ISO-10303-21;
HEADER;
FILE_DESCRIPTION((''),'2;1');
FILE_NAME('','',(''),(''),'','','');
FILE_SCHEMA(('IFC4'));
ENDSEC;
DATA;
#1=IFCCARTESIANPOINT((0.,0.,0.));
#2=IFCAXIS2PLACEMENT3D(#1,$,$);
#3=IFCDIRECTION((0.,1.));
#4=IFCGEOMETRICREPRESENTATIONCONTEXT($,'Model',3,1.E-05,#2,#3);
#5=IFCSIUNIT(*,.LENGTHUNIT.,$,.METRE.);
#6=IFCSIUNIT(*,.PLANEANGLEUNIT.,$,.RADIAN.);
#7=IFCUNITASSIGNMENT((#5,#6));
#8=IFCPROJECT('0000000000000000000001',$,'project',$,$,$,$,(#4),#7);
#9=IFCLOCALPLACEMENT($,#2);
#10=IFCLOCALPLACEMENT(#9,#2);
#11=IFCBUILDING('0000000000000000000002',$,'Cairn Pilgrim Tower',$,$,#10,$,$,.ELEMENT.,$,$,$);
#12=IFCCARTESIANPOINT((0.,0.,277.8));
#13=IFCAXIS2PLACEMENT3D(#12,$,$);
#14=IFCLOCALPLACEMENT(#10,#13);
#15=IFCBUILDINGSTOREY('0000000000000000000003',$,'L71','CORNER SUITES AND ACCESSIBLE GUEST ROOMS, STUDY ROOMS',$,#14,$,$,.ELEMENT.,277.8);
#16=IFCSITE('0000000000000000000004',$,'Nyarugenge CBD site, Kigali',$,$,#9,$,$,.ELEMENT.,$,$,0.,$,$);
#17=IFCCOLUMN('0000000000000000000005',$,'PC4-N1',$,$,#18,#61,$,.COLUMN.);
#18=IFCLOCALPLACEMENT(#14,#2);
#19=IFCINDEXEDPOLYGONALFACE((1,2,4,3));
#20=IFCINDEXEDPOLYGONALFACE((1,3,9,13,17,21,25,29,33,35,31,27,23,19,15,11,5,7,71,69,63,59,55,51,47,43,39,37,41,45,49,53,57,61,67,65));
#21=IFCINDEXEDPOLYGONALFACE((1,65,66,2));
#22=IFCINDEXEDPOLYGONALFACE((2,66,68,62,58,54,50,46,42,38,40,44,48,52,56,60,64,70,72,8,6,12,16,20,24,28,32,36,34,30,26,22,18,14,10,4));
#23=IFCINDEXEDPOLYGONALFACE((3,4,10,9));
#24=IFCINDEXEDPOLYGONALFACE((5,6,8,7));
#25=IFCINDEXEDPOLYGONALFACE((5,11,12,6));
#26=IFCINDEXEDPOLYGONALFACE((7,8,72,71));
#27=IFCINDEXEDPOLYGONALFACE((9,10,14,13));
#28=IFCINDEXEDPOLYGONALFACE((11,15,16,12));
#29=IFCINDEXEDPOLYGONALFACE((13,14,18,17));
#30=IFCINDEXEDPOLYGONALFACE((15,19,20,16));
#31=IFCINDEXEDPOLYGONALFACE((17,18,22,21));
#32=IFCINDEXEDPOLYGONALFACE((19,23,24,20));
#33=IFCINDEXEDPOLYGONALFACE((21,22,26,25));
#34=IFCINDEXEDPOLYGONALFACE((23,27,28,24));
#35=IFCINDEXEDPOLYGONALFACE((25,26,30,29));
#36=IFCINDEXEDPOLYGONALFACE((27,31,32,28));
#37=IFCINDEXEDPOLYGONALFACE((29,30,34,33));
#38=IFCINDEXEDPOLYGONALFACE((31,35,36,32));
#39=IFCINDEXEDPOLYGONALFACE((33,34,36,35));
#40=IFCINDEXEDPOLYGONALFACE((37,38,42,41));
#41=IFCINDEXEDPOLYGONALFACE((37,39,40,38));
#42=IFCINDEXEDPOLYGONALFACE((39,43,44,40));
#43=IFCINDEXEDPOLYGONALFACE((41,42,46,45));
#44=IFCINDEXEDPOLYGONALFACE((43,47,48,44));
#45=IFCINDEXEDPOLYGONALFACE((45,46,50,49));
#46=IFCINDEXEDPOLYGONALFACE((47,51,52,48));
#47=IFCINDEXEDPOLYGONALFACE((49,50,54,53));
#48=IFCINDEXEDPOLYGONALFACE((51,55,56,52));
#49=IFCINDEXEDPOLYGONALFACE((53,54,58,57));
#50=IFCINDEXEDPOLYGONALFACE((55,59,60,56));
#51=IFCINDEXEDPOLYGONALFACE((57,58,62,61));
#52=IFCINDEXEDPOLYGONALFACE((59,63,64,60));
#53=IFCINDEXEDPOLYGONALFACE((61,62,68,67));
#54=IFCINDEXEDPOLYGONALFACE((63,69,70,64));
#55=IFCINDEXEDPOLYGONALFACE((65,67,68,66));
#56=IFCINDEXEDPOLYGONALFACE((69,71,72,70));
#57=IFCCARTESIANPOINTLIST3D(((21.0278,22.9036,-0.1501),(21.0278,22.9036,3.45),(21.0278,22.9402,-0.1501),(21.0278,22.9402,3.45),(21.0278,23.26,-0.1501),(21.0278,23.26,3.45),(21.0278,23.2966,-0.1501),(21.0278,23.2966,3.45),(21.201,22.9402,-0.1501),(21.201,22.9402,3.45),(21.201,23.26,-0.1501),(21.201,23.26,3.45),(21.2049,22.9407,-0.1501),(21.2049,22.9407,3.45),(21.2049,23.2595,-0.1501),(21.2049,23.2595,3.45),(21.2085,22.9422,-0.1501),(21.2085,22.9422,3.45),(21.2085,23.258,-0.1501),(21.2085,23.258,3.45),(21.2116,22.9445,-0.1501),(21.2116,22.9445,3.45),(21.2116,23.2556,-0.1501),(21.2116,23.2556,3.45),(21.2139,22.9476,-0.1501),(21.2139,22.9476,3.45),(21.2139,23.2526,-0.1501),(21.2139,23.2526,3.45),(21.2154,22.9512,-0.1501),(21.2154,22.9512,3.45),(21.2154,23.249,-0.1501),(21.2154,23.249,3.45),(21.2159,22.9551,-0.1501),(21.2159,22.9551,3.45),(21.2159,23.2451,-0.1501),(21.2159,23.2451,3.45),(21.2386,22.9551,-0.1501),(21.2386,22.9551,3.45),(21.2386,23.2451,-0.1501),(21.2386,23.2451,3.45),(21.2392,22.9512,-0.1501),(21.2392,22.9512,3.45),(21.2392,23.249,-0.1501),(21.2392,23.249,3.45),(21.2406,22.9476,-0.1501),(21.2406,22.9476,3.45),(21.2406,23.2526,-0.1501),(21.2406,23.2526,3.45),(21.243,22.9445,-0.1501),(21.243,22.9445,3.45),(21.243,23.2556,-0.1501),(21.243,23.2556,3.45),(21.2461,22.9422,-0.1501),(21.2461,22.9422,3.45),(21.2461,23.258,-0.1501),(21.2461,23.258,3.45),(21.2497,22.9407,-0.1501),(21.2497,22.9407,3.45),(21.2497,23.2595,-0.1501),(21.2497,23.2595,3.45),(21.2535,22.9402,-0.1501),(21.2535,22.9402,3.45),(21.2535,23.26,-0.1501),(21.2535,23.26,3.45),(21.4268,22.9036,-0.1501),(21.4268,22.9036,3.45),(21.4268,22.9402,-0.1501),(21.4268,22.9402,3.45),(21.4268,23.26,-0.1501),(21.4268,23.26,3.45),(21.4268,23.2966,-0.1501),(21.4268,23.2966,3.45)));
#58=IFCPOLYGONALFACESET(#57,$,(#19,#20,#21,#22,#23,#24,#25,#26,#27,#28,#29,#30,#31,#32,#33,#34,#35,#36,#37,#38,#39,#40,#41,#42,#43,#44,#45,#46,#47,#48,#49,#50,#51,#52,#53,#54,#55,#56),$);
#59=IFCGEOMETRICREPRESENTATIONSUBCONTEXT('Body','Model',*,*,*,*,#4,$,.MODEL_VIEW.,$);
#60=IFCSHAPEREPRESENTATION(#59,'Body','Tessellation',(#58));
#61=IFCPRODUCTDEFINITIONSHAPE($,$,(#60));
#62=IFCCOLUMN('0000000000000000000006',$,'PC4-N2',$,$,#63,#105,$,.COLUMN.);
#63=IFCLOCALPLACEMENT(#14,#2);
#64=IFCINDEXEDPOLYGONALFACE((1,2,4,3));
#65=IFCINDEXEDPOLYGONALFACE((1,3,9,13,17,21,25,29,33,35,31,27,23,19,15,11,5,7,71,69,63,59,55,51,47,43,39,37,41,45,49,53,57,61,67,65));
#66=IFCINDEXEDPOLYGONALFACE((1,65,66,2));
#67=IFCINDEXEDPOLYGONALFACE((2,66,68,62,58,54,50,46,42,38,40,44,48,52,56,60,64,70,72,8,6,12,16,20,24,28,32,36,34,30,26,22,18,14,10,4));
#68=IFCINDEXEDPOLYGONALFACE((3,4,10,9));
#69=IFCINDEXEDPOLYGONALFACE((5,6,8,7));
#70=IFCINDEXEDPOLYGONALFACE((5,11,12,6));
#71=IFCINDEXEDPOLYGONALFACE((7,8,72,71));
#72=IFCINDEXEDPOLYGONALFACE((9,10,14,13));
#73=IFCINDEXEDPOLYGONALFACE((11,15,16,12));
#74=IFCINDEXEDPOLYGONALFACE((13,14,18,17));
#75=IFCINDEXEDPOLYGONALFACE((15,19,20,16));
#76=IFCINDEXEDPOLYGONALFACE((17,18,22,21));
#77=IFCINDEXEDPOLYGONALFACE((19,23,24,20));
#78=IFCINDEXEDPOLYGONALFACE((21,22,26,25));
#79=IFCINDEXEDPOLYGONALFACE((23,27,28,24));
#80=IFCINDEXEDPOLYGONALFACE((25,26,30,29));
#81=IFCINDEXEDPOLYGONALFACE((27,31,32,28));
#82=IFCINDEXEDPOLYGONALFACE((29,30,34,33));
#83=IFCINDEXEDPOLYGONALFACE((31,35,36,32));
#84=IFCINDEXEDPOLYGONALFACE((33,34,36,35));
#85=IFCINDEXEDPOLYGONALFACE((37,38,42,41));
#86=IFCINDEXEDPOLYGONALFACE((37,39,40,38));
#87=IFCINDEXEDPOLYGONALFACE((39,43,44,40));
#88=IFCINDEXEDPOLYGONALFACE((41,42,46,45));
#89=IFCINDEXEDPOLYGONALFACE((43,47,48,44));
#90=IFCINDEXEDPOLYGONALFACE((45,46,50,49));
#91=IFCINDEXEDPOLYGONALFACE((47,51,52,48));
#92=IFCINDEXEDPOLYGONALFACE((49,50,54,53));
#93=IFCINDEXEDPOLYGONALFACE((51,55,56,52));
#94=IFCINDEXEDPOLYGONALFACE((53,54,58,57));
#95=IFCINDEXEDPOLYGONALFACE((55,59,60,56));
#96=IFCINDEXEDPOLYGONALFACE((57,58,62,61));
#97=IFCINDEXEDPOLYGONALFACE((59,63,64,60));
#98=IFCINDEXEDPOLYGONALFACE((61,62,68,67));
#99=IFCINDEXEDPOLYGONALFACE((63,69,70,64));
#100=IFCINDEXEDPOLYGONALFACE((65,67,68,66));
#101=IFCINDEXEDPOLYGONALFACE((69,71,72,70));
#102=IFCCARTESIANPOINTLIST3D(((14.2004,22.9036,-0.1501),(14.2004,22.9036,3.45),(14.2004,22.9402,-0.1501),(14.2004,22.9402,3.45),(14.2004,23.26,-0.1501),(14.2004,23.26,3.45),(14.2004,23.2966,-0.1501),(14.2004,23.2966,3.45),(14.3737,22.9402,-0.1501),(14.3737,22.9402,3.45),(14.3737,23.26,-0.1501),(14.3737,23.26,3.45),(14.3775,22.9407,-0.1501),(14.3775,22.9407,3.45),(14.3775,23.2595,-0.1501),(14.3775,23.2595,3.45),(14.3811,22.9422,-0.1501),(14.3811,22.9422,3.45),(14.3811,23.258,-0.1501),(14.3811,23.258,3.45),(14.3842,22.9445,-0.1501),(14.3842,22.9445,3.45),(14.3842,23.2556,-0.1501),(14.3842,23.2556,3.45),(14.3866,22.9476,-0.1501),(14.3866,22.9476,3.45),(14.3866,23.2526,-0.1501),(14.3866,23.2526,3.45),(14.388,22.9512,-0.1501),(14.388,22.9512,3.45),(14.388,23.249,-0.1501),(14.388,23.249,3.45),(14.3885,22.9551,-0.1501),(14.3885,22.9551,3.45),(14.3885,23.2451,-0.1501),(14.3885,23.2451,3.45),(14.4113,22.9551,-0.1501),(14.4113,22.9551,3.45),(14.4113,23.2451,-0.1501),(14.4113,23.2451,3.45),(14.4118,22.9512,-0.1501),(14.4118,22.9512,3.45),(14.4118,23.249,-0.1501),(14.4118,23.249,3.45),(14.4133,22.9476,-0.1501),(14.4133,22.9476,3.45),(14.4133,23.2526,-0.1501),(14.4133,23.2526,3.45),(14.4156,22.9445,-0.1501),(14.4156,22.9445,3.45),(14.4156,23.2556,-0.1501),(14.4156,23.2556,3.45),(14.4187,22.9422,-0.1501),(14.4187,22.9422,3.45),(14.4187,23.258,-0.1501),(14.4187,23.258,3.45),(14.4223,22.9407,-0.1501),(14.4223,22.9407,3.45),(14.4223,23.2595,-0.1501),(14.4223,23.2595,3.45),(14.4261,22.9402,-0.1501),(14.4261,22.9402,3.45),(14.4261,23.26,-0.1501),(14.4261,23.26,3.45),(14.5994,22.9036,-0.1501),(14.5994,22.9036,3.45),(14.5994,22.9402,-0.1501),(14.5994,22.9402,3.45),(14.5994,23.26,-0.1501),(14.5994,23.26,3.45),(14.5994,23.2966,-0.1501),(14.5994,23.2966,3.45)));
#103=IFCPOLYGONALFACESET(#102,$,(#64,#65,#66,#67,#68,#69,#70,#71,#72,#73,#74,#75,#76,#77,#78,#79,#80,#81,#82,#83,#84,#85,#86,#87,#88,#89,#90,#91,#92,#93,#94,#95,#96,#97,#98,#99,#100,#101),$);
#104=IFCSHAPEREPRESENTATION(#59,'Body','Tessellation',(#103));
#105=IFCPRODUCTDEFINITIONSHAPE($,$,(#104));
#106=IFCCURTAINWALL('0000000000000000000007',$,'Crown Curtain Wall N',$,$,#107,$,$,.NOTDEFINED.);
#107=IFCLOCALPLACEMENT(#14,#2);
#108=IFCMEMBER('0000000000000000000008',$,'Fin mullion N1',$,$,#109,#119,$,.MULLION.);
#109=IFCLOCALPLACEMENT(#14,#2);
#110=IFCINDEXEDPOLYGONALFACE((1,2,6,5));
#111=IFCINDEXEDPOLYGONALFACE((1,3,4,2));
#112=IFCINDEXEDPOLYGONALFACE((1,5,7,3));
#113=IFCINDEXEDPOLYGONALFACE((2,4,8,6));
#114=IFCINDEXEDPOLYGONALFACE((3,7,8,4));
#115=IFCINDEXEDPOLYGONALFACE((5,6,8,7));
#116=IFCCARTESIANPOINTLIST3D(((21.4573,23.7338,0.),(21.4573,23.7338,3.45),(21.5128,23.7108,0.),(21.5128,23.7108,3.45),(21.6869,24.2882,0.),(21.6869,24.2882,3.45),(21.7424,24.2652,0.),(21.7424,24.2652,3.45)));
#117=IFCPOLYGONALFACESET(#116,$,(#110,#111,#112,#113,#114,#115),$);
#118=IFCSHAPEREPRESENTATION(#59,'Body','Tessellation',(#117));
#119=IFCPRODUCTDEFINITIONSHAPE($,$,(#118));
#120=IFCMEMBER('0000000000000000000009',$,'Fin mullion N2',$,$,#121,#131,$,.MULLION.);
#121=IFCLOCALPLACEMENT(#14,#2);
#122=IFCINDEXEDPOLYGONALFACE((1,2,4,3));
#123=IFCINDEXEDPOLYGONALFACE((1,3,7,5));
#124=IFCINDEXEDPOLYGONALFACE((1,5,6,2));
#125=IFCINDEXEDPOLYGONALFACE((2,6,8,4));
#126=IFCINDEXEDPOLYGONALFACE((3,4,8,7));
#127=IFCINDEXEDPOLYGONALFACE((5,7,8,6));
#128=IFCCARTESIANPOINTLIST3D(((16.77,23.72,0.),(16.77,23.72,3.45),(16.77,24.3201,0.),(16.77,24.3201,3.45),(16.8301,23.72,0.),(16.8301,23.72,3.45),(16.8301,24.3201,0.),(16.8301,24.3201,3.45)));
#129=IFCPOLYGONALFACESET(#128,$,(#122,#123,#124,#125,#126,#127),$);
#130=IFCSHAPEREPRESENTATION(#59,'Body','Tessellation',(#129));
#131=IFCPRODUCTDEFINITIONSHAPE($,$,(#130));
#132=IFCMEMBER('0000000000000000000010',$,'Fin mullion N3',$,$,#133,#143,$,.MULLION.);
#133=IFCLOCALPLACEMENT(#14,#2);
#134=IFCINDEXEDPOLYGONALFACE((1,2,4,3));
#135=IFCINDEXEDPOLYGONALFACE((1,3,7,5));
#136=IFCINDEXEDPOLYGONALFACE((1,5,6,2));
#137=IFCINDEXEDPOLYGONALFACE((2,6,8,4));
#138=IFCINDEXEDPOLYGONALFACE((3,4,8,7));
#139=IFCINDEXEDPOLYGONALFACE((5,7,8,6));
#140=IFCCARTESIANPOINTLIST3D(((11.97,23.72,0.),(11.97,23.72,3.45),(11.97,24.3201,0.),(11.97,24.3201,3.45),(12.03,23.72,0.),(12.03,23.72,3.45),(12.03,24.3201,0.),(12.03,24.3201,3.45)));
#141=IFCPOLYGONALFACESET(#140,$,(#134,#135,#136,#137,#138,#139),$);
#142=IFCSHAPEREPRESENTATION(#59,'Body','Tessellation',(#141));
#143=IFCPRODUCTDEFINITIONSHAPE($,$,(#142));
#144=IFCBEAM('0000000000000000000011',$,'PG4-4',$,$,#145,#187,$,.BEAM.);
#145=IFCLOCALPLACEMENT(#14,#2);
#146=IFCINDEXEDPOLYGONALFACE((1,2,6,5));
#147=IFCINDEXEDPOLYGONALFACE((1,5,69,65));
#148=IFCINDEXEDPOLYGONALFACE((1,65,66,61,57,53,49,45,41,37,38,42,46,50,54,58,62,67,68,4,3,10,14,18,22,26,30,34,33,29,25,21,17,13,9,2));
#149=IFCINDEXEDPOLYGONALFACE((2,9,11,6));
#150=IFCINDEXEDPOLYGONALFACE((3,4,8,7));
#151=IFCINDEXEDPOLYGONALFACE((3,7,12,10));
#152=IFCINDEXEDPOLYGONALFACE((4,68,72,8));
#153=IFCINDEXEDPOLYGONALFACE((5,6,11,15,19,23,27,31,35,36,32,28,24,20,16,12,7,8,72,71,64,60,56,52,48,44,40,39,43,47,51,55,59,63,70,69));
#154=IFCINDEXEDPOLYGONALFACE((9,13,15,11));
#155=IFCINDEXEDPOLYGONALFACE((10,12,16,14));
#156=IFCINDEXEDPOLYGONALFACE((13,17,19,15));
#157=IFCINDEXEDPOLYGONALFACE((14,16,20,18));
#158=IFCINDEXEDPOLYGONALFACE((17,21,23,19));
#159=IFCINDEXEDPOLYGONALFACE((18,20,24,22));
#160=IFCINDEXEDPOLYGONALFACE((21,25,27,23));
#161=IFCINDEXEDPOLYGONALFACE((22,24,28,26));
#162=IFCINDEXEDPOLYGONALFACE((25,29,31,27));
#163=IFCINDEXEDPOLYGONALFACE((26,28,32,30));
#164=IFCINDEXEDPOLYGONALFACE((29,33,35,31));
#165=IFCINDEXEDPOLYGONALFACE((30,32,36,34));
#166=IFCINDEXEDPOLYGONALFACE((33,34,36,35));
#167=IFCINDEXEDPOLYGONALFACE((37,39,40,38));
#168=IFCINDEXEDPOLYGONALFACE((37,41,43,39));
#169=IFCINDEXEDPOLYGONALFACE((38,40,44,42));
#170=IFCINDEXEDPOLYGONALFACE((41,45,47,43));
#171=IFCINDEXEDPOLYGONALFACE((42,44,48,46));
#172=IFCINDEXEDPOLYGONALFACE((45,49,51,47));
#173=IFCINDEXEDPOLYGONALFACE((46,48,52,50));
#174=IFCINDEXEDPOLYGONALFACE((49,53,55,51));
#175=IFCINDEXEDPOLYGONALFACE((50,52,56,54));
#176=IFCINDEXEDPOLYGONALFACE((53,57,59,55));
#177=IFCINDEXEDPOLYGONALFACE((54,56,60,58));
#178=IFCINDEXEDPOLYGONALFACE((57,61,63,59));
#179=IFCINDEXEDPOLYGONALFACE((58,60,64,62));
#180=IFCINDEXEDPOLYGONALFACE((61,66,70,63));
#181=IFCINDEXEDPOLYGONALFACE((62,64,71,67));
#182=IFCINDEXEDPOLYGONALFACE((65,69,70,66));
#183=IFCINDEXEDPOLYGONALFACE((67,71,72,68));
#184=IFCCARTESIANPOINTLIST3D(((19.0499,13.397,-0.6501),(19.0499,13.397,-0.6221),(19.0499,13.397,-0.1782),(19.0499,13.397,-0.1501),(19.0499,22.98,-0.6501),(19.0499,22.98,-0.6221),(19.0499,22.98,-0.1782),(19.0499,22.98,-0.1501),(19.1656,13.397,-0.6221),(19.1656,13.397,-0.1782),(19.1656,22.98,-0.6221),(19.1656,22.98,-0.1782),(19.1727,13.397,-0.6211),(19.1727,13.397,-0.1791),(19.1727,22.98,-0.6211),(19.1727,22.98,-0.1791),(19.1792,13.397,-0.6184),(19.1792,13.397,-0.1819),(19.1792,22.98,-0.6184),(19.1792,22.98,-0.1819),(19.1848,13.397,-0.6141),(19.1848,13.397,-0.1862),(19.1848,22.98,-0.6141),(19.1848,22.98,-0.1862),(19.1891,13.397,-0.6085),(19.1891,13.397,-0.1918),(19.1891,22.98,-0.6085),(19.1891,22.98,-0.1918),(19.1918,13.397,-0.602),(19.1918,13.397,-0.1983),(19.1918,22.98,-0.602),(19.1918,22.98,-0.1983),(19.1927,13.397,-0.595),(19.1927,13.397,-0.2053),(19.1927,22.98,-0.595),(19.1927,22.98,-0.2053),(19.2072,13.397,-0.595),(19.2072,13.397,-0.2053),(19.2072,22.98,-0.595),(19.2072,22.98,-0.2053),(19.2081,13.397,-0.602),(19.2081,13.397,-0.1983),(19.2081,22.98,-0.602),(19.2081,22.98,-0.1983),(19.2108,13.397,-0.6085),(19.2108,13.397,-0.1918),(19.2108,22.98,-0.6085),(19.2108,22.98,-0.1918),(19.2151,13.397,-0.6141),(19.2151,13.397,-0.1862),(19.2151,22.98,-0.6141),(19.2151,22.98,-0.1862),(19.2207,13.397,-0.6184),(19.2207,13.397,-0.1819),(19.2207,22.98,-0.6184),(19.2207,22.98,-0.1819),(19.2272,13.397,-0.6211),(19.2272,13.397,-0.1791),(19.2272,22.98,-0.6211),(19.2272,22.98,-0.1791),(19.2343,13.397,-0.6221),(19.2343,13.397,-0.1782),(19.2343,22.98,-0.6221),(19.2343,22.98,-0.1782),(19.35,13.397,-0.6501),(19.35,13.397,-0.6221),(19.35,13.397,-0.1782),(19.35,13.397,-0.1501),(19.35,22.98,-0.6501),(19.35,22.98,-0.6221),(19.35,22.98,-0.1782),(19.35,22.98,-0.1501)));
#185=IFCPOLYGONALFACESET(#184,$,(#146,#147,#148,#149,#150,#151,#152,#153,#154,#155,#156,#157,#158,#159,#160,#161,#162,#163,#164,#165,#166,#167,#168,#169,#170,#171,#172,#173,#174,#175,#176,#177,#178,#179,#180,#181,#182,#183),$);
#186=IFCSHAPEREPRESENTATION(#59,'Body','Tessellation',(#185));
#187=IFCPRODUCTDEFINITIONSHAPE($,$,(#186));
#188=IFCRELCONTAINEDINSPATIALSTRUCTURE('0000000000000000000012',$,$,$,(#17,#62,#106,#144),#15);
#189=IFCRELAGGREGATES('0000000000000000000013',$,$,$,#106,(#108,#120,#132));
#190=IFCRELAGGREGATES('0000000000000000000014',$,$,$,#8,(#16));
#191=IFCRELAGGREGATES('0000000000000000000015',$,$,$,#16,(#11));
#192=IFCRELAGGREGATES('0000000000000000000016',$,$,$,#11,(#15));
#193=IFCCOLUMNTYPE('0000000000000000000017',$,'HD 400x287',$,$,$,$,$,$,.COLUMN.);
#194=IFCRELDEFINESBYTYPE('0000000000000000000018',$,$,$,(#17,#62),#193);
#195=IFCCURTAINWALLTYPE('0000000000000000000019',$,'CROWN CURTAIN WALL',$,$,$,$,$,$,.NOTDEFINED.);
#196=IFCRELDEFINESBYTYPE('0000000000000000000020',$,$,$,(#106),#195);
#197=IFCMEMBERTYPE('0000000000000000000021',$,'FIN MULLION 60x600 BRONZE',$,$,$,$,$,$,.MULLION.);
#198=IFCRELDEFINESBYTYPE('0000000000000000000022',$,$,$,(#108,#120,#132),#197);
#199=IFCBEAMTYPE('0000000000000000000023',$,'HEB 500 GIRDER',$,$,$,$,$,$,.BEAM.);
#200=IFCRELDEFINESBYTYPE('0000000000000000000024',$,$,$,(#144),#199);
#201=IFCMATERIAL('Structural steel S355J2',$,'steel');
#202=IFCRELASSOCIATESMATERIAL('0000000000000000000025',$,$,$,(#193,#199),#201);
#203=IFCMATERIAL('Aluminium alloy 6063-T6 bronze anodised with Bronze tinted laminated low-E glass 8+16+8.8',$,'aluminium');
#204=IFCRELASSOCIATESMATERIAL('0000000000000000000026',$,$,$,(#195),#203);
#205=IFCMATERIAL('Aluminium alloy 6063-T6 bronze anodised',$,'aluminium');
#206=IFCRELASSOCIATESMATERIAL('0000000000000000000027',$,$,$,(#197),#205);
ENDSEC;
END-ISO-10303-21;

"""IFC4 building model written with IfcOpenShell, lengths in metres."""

from ifc_helpers import new_model, si_unit, direction, frame, origin, origin_2d, place, context, subcontext, project, spatial, rectangle, i_section, extrude, material, material_profile, profile_set, type_object, element, aggregate, save


model = new_model("IFC4")

# Units and contexts
model_context = context("Model", 3, precision=1e-05, world=origin(), true_north=direction((0.0, 1.0)))
body_context = subcontext(model_context, "Body", "Model", "MODEL_VIEW")
ifc_project = project(units=[si_unit("LENGTHUNIT", "METRE"), si_unit("PLANEANGLEUNIT", "RADIAN")], contexts=[model_context])

# Site, building, storey
site_placement = place(None, origin())
site = spatial("IfcSite", under=ifc_project, at=site_placement, Name="Nyarugenge CBD site, Kigali", CompositionType="ELEMENT", RefElevation=0.0)
building_placement = place(site_placement, origin())
building = spatial("IfcBuilding", under=site, at=building_placement, Name="Cairn Pilgrim Tower", CompositionType="ELEMENT")
storey_placement = place(building_placement, frame((0.0, 0.0, 277.8)))
storey = spatial("IfcBuildingStorey", under=building, at=storey_placement, Name="L71", Description="CORNER SUITES AND ACCESSIBLE GUEST ROOMS, STUDY ROOMS", CompositionType="ELEMENT", Elevation=277.8)

# Columns
ifc_material_1 = material(Name="Structural steel S355J2", Category="steel")
ifc_material_profile_1 = material_profile(ifc_material_1, i_section(OverallWidth=0.3989, OverallDepth=0.3931, WebThickness=0.0227, FlangeThickness=0.0366, FilletRadius=0.0149, at=origin_2d()), Name="HD 400x287")
ifc_profile_set_1 = profile_set([ifc_material_profile_1], Name="Structural steel S355J2")
column_type = type_object("IfcColumnType", Name="HD 400x287", PredefinedType="COLUMN", material=ifc_profile_set_1)
for number, where, z_axis, x_axis, name in (
    (1, (21.2273, 23.1001, -0.1501), (0.0, 0.0, 1.0), (1.0, 0.0, 0.0), "PC4-N1"),
    (2, (14.3999, 23.1001, -0.1501), (0.0, 0.0, 1.0), (1.0, 0.0, 0.0), "PC4-N2"),
):
    element("IfcColumn", number, at=place(storey_placement, frame(where, z_axis=z_axis, x_axis=x_axis)), inside=storey, type_object=column_type, Name=name, PredefinedType="COLUMN", context=body_context, shape_type="SweptSolid", body=[
        extrude(i_section(OverallWidth=0.3989, OverallDepth=0.3931, WebThickness=0.0227, FlangeThickness=0.0366, FilletRadius=0.0149, at=origin_2d()), origin(), (0.0, 0.0, 1.0), 3.6001),
    ])

# Curtain wall, members
ifc_material_2 = material(Name="Aluminium alloy 6063-T6 bronze anodised with Bronze tinted laminated low-E glass 8+16+8.8", Category="aluminium")
curtain_wall_type = type_object("IfcCurtainWallType", Name="CROWN CURTAIN WALL", PredefinedType="NOTDEFINED", material=ifc_material_2)
curtain_wall_placement = place(storey_placement, origin())
curtain_wall = element("IfcCurtainWall", 3, at=curtain_wall_placement, inside=storey, type_object=curtain_wall_type, Name="Crown Curtain Wall N", PredefinedType="NOTDEFINED")
ifc_material_3 = material(Name="Aluminium alloy 6063-T6 bronze anodised", Category="aluminium")
ifc_material_profile_2 = material_profile(ifc_material_3, rectangle(XDim=0.6001, YDim=0.0601, at=origin_2d()), Name="FIN MULLION 60x600 BRONZE")
ifc_profile_set_2 = profile_set([ifc_material_profile_2], Name="Aluminium alloy 6063-T6 bronze anodised")
member_type_1 = type_object("IfcMemberType", Name="FIN MULLION 60x600 BRONZE", PredefinedType="MULLION", material=ifc_profile_set_2)
member_1_placement = place(storey_placement, frame((21.5999, 23.9995, 0.0), z_axis=(0.0, 0.0, 1.0), x_axis=(0.382683, 0.92388, 0.0)))
member_1 = element("IfcMember", 4, at=member_1_placement, type_object=member_type_1, Name="Fin mullion N1", PredefinedType="MULLION", context=body_context, shape_type="SweptSolid", body=[
    extrude(rectangle(XDim=0.6001, YDim=0.0601, at=origin_2d()), origin(), (0.0, 0.0, 1.0), 3.45),
])
member_2_placement = place(storey_placement, frame((16.8, 24.02, 0.0), z_axis=(0.0, 0.0, 1.0), x_axis=(0.0, 1.0, 0.0)))
member_2 = element("IfcMember", 5, at=member_2_placement, type_object=member_type_1, Name="Fin mullion N2", PredefinedType="MULLION", context=body_context, shape_type="SweptSolid", body=[
    extrude(rectangle(XDim=0.6001, YDim=0.0601, at=origin_2d()), origin(), (0.0, 0.0, 1.0), 3.45),
])
member_3_placement = place(storey_placement, frame((12.0, 24.02, 0.0), z_axis=(0.0, 0.0, 1.0), x_axis=(0.0, 1.0, 0.0)))
member_3 = element("IfcMember", 6, at=member_3_placement, type_object=member_type_1, Name="Fin mullion N3", PredefinedType="MULLION", context=body_context, shape_type="SweptSolid", body=[
    extrude(rectangle(XDim=0.6001, YDim=0.0601, at=origin_2d()), origin(), (0.0, 0.0, 1.0), 3.45),
])

# Beam
ifc_material_profile_3 = material_profile(ifc_material_1, i_section(OverallWidth=0.3, OverallDepth=0.5, WebThickness=0.0144, FlangeThickness=0.0281, FilletRadius=0.0271, at=origin_2d()), Name="HEB 500")
ifc_profile_set_3 = profile_set([ifc_material_profile_3], Name="Structural steel S355J2")
beam_type_1 = type_object("IfcBeamType", Name="HEB 500 GIRDER", PredefinedType="BEAM", material=ifc_profile_set_3)
beam_1_placement = place(storey_placement, frame((19.2, 13.397, -0.4001), z_axis=(0.0, 1.0, 0.0), x_axis=(-1.0, 0.0, 0.0)))
element("IfcBeam", 7, at=beam_1_placement, inside=storey, type_object=beam_type_1, Name="PG4-4", PredefinedType="BEAM", context=body_context, shape_type="SweptSolid", body=[
    extrude(i_section(OverallWidth=0.3, OverallDepth=0.5, WebThickness=0.0144, FlangeThickness=0.0281, FilletRadius=0.0271, at=origin_2d()), origin(), (0.0, 0.0, 1.0), 9.583),
])

aggregate(curtain_wall, [member_1, member_2, member_3])

save(model, "model.ifc")
